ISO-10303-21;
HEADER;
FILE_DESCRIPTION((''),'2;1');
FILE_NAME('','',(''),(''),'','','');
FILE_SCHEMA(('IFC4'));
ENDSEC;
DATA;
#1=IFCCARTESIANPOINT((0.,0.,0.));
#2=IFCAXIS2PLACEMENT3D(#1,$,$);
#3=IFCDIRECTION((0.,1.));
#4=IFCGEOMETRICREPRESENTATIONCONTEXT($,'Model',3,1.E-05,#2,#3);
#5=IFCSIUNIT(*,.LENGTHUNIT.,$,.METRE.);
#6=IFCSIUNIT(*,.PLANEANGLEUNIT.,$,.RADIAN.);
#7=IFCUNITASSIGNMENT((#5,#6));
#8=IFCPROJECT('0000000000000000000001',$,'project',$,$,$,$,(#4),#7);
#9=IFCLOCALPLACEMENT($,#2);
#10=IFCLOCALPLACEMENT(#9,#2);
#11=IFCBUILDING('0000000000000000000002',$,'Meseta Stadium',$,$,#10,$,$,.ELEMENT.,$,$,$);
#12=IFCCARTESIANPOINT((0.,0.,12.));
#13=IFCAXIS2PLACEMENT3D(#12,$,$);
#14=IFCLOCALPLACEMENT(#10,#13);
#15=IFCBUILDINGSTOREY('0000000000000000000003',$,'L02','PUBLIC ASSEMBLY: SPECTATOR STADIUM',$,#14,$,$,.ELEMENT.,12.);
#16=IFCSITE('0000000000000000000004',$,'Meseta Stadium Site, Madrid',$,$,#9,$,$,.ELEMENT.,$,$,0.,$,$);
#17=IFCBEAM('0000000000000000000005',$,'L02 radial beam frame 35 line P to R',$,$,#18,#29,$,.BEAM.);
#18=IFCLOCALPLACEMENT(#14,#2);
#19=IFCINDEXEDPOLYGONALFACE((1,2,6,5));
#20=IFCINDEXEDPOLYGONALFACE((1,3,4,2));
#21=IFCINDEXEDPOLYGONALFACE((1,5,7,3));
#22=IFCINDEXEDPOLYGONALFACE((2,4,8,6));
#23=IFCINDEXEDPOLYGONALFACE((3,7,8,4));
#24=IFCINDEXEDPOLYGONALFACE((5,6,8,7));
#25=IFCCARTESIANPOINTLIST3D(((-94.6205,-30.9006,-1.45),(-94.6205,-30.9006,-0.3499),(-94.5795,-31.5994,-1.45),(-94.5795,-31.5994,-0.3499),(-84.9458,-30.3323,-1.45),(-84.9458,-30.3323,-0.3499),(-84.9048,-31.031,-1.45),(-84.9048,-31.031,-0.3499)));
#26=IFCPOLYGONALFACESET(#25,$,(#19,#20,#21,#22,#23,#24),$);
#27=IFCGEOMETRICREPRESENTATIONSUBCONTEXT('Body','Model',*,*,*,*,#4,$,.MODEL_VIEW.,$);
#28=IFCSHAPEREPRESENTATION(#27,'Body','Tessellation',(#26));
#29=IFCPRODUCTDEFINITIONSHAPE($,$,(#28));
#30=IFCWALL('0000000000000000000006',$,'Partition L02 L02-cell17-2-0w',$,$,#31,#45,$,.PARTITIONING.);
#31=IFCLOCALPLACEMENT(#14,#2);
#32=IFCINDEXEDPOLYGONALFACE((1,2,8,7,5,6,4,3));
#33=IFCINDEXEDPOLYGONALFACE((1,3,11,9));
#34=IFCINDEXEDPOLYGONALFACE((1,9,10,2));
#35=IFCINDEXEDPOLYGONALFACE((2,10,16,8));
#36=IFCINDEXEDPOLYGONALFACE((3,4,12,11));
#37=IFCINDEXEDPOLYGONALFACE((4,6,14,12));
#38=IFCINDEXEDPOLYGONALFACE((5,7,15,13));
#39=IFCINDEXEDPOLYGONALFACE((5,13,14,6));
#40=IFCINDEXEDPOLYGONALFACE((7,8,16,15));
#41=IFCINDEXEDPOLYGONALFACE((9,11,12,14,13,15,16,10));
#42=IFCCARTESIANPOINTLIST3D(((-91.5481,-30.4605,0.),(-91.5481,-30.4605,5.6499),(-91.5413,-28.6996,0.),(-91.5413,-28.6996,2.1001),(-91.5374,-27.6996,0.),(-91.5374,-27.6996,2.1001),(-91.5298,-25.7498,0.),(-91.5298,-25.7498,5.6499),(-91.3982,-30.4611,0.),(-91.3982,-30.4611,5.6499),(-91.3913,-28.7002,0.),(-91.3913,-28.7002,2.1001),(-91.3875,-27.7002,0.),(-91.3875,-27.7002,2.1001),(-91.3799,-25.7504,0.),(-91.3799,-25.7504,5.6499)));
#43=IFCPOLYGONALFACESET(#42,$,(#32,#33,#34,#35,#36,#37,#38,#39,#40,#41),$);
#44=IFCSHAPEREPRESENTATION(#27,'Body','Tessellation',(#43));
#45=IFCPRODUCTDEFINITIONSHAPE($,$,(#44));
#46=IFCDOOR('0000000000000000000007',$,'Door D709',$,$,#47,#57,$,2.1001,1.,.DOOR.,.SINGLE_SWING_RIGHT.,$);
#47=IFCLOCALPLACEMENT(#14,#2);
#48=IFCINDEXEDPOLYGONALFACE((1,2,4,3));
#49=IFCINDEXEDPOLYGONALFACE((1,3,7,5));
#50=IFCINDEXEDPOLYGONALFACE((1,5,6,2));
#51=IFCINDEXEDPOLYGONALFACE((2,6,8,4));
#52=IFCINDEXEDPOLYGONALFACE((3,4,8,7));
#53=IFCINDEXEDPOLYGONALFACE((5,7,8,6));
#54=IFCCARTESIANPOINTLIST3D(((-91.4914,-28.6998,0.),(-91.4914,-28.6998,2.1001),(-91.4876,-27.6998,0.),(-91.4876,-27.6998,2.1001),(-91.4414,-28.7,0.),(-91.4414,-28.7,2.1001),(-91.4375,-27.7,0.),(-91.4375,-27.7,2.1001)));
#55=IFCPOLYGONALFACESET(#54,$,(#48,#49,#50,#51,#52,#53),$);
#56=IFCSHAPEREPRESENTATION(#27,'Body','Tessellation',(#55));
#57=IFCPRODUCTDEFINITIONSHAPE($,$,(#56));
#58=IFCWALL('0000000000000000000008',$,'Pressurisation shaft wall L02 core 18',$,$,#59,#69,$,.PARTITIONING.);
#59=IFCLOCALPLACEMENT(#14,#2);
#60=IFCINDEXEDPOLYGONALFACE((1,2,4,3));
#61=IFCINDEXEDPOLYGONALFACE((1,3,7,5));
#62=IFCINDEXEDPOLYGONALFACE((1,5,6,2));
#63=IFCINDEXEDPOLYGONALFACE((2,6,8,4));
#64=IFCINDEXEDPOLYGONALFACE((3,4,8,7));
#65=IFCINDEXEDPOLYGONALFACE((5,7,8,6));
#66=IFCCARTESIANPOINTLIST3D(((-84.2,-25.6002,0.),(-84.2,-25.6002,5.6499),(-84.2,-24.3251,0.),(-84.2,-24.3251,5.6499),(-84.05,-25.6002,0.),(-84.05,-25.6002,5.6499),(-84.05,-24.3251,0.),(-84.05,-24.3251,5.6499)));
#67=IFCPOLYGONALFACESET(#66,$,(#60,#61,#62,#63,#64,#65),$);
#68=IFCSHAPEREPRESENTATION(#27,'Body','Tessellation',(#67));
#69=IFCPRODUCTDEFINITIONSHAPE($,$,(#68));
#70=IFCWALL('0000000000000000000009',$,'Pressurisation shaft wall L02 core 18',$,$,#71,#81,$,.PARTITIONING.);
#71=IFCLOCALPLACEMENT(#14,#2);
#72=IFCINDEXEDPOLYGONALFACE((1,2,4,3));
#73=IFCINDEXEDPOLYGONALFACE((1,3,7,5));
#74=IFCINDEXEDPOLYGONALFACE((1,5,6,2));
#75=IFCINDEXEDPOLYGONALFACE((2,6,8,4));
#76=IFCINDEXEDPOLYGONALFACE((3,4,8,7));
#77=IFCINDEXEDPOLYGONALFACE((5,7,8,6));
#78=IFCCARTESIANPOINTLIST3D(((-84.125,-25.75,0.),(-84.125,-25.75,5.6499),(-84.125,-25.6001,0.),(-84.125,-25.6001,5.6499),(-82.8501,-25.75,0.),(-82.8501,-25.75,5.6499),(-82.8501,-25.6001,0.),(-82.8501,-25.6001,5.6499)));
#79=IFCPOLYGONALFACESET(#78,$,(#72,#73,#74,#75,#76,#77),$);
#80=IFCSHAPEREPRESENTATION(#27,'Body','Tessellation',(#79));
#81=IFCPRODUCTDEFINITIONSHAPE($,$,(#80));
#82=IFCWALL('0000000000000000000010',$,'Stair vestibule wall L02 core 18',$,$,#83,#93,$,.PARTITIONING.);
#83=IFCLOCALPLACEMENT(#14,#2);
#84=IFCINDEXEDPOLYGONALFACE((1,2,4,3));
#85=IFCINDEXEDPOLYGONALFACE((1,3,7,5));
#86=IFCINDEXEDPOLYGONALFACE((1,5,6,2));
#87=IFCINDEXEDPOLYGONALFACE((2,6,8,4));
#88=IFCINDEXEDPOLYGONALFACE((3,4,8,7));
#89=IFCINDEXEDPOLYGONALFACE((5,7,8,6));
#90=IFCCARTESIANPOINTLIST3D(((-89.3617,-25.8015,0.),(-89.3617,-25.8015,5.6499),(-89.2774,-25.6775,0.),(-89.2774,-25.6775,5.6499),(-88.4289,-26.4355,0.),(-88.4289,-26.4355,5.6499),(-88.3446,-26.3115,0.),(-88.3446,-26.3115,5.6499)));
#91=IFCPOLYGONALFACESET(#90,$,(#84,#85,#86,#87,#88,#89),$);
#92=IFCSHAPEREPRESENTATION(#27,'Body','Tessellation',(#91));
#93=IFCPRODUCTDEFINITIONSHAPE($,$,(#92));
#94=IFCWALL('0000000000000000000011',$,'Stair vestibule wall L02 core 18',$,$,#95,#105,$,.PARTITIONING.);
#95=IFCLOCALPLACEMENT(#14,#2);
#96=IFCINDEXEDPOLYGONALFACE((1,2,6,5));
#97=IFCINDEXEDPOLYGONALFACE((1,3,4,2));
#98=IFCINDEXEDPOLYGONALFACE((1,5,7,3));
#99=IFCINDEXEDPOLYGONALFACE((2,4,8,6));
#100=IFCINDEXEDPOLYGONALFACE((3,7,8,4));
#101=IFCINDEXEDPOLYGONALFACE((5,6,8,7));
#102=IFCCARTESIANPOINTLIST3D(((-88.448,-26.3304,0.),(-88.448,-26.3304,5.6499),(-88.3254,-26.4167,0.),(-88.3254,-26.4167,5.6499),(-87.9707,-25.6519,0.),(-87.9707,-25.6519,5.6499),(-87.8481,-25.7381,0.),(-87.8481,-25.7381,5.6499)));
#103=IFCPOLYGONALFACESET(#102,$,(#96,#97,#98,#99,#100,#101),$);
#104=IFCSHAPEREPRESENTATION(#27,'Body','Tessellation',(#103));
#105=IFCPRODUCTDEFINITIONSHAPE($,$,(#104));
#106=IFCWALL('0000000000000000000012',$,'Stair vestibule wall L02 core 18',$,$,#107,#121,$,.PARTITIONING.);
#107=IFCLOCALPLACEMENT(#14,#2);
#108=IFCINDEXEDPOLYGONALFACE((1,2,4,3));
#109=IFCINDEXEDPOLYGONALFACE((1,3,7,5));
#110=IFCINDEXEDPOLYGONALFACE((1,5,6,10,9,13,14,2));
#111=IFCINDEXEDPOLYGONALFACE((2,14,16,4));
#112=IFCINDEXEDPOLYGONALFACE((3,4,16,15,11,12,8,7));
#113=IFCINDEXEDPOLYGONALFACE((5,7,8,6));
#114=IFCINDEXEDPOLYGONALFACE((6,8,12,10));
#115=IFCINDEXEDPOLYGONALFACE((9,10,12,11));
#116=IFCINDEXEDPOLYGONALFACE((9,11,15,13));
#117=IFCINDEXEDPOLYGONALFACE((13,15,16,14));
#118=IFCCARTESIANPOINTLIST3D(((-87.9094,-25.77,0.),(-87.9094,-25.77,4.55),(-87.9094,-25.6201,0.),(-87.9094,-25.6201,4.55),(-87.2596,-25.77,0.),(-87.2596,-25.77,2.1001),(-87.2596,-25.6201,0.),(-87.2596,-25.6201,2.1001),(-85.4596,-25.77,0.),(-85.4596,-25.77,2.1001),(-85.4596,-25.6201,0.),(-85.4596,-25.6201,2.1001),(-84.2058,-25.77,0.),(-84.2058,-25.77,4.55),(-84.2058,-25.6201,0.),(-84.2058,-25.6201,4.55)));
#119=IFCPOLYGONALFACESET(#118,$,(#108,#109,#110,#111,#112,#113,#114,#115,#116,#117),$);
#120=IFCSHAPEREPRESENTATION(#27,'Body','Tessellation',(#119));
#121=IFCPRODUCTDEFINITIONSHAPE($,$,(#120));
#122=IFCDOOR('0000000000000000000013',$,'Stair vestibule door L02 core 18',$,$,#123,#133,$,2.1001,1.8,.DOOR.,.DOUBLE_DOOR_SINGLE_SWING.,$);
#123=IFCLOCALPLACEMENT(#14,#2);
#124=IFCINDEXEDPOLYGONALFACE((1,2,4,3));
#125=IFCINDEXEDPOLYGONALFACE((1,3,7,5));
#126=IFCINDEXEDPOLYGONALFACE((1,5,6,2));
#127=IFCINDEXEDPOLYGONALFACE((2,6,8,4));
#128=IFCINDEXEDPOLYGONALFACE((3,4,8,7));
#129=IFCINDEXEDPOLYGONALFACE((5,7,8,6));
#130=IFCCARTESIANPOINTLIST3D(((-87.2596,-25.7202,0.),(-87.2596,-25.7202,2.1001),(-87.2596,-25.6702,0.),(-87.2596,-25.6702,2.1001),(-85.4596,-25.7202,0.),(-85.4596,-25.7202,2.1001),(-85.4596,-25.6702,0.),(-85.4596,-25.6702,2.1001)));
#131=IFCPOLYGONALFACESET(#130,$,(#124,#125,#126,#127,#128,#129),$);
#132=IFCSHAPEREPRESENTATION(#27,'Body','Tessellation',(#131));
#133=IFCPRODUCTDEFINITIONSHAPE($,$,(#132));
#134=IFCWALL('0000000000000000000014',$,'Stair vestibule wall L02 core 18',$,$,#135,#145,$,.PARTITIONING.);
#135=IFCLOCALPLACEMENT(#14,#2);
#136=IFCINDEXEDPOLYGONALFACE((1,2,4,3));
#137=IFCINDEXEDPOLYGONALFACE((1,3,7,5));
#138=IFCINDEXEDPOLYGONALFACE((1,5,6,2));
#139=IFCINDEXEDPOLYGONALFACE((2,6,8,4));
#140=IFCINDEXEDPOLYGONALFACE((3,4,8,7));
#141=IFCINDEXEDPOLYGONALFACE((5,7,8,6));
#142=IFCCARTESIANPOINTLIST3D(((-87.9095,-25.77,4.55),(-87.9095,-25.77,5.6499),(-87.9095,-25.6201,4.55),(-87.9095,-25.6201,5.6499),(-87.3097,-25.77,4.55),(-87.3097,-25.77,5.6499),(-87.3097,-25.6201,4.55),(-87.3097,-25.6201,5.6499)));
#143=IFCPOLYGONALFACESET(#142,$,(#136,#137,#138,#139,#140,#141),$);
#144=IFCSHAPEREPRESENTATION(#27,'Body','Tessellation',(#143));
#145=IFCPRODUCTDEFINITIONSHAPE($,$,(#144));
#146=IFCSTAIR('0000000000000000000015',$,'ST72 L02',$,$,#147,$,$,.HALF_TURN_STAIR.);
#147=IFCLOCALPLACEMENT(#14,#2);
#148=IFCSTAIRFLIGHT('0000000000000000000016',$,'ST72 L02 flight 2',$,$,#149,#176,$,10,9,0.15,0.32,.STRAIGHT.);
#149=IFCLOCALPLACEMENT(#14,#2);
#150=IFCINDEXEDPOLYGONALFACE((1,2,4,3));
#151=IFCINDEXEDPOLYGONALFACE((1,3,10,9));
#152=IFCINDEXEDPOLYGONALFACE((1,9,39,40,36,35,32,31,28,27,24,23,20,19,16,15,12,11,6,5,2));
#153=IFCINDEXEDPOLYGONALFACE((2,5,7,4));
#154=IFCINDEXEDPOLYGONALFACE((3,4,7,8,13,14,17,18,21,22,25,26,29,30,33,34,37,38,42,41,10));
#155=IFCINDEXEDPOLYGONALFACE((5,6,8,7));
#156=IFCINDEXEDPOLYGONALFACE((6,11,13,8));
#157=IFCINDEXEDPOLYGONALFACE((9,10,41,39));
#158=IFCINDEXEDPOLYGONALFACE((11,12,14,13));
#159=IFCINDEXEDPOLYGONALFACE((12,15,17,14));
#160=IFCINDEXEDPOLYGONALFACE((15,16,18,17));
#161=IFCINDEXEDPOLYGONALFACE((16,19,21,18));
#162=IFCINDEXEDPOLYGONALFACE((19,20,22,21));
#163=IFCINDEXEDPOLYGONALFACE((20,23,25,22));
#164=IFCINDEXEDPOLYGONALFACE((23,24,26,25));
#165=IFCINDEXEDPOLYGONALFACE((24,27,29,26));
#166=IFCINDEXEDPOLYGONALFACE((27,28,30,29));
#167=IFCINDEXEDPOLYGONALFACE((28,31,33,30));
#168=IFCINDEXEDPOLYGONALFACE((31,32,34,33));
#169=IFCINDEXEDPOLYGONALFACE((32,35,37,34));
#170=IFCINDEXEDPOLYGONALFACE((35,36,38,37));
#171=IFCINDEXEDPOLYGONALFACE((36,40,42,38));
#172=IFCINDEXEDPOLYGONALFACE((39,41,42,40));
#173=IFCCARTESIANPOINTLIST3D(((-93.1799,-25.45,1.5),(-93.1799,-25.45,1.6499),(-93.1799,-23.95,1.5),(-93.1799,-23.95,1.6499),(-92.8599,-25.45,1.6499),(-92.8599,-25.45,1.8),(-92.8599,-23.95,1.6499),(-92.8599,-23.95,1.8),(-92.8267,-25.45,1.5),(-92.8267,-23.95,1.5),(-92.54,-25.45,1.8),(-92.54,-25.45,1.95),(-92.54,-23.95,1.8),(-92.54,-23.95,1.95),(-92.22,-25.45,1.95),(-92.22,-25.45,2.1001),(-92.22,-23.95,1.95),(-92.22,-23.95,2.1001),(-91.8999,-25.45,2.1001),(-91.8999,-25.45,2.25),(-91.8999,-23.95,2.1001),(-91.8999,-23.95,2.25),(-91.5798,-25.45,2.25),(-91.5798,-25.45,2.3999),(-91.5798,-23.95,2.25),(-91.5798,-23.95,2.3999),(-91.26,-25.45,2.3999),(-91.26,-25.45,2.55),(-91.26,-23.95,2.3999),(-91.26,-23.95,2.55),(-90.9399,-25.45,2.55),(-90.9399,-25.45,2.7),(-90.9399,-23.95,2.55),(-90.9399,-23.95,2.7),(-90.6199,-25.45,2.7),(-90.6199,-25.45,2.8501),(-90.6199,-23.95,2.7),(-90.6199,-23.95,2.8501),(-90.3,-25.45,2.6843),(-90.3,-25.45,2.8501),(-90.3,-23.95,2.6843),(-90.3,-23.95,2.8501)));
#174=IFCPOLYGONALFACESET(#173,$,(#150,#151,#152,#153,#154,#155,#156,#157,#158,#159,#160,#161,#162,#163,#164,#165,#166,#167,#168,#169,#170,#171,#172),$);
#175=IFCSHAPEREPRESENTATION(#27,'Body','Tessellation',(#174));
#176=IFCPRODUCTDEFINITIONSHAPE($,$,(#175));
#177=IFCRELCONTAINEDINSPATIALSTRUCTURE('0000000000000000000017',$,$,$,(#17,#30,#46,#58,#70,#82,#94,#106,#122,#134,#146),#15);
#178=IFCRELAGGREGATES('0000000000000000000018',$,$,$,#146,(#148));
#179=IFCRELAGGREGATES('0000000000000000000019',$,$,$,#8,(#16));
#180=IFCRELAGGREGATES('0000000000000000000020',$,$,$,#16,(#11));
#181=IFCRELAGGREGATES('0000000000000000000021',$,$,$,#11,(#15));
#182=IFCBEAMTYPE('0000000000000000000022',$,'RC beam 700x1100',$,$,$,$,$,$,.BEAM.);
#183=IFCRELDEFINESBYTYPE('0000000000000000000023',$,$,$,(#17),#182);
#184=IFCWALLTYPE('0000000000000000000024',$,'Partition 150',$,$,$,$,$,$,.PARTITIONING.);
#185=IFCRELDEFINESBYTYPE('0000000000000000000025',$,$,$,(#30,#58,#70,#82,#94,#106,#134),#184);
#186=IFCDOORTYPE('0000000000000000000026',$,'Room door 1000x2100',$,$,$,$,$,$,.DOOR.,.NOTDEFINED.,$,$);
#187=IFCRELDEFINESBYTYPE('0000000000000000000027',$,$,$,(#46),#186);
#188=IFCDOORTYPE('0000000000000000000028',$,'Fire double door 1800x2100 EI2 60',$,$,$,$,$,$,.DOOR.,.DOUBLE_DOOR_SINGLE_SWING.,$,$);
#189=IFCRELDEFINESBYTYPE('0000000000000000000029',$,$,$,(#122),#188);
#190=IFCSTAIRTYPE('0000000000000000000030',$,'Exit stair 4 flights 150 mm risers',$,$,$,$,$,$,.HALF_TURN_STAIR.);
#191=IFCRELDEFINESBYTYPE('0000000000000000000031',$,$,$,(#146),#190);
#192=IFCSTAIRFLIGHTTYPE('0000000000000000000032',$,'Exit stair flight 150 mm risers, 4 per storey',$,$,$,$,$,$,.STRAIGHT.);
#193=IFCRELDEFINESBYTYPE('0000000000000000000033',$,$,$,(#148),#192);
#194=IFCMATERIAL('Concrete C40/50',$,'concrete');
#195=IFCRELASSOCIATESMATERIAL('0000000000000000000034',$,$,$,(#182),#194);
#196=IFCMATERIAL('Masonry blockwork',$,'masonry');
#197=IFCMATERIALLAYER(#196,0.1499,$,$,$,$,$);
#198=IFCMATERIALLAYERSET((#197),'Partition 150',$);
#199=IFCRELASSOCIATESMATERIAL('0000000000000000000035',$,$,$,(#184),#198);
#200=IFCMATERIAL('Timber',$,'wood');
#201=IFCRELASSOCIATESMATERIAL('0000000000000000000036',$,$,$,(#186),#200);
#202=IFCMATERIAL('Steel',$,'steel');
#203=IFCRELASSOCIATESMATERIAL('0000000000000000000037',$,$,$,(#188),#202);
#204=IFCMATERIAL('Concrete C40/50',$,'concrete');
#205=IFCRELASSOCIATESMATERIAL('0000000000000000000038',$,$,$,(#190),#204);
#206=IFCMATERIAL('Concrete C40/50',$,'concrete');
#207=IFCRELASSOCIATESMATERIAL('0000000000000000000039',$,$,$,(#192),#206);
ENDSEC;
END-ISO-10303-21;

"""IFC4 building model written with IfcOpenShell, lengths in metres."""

from ifc_helpers import new_model, si_unit, direction, frame, frame_2d, origin, origin_2d, place, context, subcontext, project, spatial, polyline, rectangle, outline, extrude, material, layer, layer_set, material_profile, profile_set, type_object, element, fill, aggregate, save


model = new_model("IFC4")

# Units and contexts
model_context = context("Model", 3, precision=1e-05, world=origin(), true_north=direction((0.0, 1.0)))
body_context = subcontext(model_context, "Body", "Model", "MODEL_VIEW")
ifc_project = project(units=[si_unit("LENGTHUNIT", "METRE"), si_unit("PLANEANGLEUNIT", "RADIAN")], contexts=[model_context])

# Site, building, storey
site_placement = place(None, origin())
site = spatial("IfcSite", under=ifc_project, at=site_placement, Name="Meseta Stadium Site, Madrid", CompositionType="ELEMENT", RefElevation=0.0)
building_placement = place(site_placement, origin())
building = spatial("IfcBuilding", under=site, at=building_placement, Name="Meseta Stadium", CompositionType="ELEMENT")
storey_placement = place(building_placement, frame((0.0, 0.0, 12.0)))
storey = spatial("IfcBuildingStorey", under=building, at=storey_placement, Name="L02", Description="PUBLIC ASSEMBLY: SPECTATOR STADIUM", CompositionType="ELEMENT", Elevation=12.0)

# Beam
ifc_material_1 = material(Name="Concrete C40/50", Category="concrete")
ifc_material_profile = material_profile(ifc_material_1, rectangle(XDim=0.7, YDim=1.1001, at=origin_2d()), Name="RC 700x1100")
ifc_profile_set = profile_set([ifc_material_profile], Name="Concrete C40/50")
beam_type = type_object("IfcBeamType", Name="RC beam 700x1100", PredefinedType="BEAM", material=ifc_profile_set)
beam_placement = place(storey_placement, frame((-84.9253, -30.6816, -0.8999), z_axis=(-0.998279, -0.058645, 0.0), x_axis=(0.058645, -0.998279, 0.0)))
element("IfcBeam", 1, at=beam_placement, inside=storey, type_object=beam_type, Name="L02 radial beam frame 35 line P to R", PredefinedType="BEAM", context=body_context, shape_type="SweptSolid", body=[
    extrude(rectangle(XDim=0.7, YDim=1.1001, at=origin_2d()), origin(), (0.0, 0.0, 1.0), 9.6914),
])

# Wall, opening, door
ifc_material_2 = material(Name="Masonry blockwork", Category="masonry")
ifc_layer = layer(ifc_material_2, 0.1499)
ifc_layer_set = layer_set([ifc_layer], Name="Partition 150")
wall_type = type_object("IfcWallType", Name="Partition 150", PredefinedType="PARTITIONING", material=ifc_layer_set)
wall_1_placement = place(storey_placement, frame((-91.4548, -25.75, 0.0), z_axis=(0.0, 0.0, 1.0), x_axis=(-0.003887, -0.999992, 0.0)))
wall_1 = element("IfcWall", 2, at=wall_1_placement, inside=storey, type_object=wall_type, Name="Partition L02 L02-cell17-2-0w", PredefinedType="PARTITIONING", context=body_context, shape_type="SweptSolid", body=[
    extrude(rectangle(XDim=4.7107, YDim=0.1499, at=frame_2d((2.3555, 0.0))), origin(), (0.0, 0.0, 1.0), 5.6499),
])
opening_1_placement = place(wall_1_placement, frame((1.95, 0.0, 0.0)))
opening_1 = element("IfcOpeningElement", 3, at=opening_1_placement, cuts=wall_1, PredefinedType="OPENING", context=body_context, shape_type="SweptSolid", body=[
    extrude(rectangle(XDim=1.0, YDim=2.1001, at=frame_2d((0.5, 1.05))), frame((0.0, 0.085, 0.0), z_axis=(0.0, -1.0, 0.0), x_axis=(1.0, 0.0, 0.0)), (0.0, 0.0, 1.0), 0.1699),
])
ifc_material_3 = material(Name="Timber", Category="wood")
door_type_1 = type_object("IfcDoorType", Name="Room door 1000x2100", OperationType="NOTDEFINED", PredefinedType="DOOR", material=ifc_material_3)
door_1_placement = place(opening_1_placement, origin())
door_1 = element("IfcDoor", 4, at=door_1_placement, inside=storey, type_object=door_type_1, Name="Door D709", OperationType="SINGLE_SWING_RIGHT", OverallHeight=2.1001, OverallWidth=1.0, PredefinedType="DOOR", context=body_context, shape_type="SweptSolid", body=[
    extrude(rectangle(XDim=1.0, YDim=2.1001, at=frame_2d((0.5, 1.05))), frame((0.0, 0.0249, 0.0), z_axis=(0.0, -1.0, 0.0), x_axis=(1.0, 0.0, 0.0)), (0.0, 0.0, 1.0), 0.05),
])
fill(opening_1, door_1)

# Walls
wall_2_placement = place(storey_placement, frame((-84.125, -24.325, 0.0), z_axis=(0.0, 0.0, 1.0), x_axis=(0.0, -1.0, 0.0)))
element("IfcWall", 5, at=wall_2_placement, inside=storey, type_object=wall_type, Name="Pressurisation shaft wall L02 core 18", PredefinedType="PARTITIONING", context=body_context, shape_type="SweptSolid", body=[
    extrude(rectangle(XDim=1.2751, YDim=0.1499, at=frame_2d((0.6377, 0.0))), origin(), (0.0, 0.0, 1.0), 5.6499),
])
wall_3_placement = place(storey_placement, frame((-84.125, -25.675, 0.0), z_axis=(0.0, 0.0, 1.0), x_axis=(1.0, 0.0, 0.0)))
element("IfcWall", 6, at=wall_3_placement, inside=storey, type_object=wall_type, Name="Pressurisation shaft wall L02 core 18", PredefinedType="PARTITIONING", context=body_context, shape_type="SweptSolid", body=[
    extrude(rectangle(XDim=1.2749, YDim=0.1499, at=frame_2d((0.6375, 0.0))), origin(), (0.0, 0.0, 1.0), 5.6499),
])
wall_4_placement = place(storey_placement, frame((-89.3196, -25.7395, 0.0), z_axis=(0.0, 0.0, 1.0), x_axis=(0.827055, -0.562121, 0.0)))
element("IfcWall", 7, at=wall_4_placement, inside=storey, type_object=wall_type, Name="Stair vestibule wall L02 core 18", PredefinedType="PARTITIONING", context=body_context, shape_type="SweptSolid", body=[
    extrude(rectangle(XDim=1.1279, YDim=0.1499, at=frame_2d((0.564, 0.0))), origin(), (0.0, 0.0, 1.0), 5.6499),
])
wall_5_placement = place(storey_placement, frame((-88.3867, -26.3735, 0.0), z_axis=(0.0, 0.0, 1.0), x_axis=(0.575377, 0.817888, 0.0)))
element("IfcWall", 8, at=wall_5_placement, inside=storey, type_object=wall_type, Name="Stair vestibule wall L02 core 18", PredefinedType="PARTITIONING", context=body_context, shape_type="SweptSolid", body=[
    extrude(rectangle(XDim=0.8296, YDim=0.1499, at=frame_2d((0.4148, 0.0))), origin(), (0.0, 0.0, 1.0), 5.6499),
])

# Wall, opening, door
wall_6_placement = place(storey_placement, frame((-87.9094, -25.6951, 0.0), z_axis=(0.0, 0.0, 1.0), x_axis=(1.0, 0.0, 0.0)))
wall_6 = element("IfcWall", 9, at=wall_6_placement, inside=storey, type_object=wall_type, Name="Stair vestibule wall L02 core 18", PredefinedType="PARTITIONING", context=body_context, shape_type="SweptSolid", body=[
    extrude(rectangle(XDim=3.7036, YDim=0.1499, at=frame_2d((1.8518, 0.0))), origin(), (0.0, 0.0, 1.0), 4.55),
])
opening_2_placement = place(wall_6_placement, frame((0.6499, 0.0, 0.0)))
opening_2 = element("IfcOpeningElement", 10, at=opening_2_placement, cuts=wall_6, PredefinedType="OPENING", context=body_context, shape_type="SweptSolid", body=[
    extrude(rectangle(XDim=1.8, YDim=2.1001, at=frame_2d((0.8999, 1.05))), frame((0.0, 0.085, 0.0), z_axis=(0.0, -1.0, 0.0), x_axis=(1.0, 0.0, 0.0)), (0.0, 0.0, 1.0), 0.1699),
])
ifc_material_4 = material(Name="Steel", Category="steel")
door_type_2 = type_object("IfcDoorType", Name="Fire double door 1800x2100 EI2 60", OperationType="DOUBLE_DOOR_SINGLE_SWING", PredefinedType="DOOR", material=ifc_material_4)
door_2_placement = place(opening_2_placement, origin())
door_2 = element("IfcDoor", 11, at=door_2_placement, inside=storey, type_object=door_type_2, Name="Stair vestibule door L02 core 18", OperationType="DOUBLE_DOOR_SINGLE_SWING", OverallHeight=2.1001, OverallWidth=1.8, PredefinedType="DOOR", context=body_context, shape_type="SweptSolid", body=[
    extrude(rectangle(XDim=1.8, YDim=2.1001, at=frame_2d((0.8999, 1.05))), frame((0.0, 0.0249, 0.0), z_axis=(0.0, -1.0, 0.0), x_axis=(1.0, 0.0, 0.0)), (0.0, 0.0, 1.0), 0.05),
])
fill(opening_2, door_2)

# Wall
wall_7_placement = place(storey_placement, frame((-87.9094, -25.6951, 4.55), z_axis=(0.0, 0.0, 1.0), x_axis=(1.0, 0.0, 0.0)))
element("IfcWall", 12, at=wall_7_placement, inside=storey, type_object=wall_type, Name="Stair vestibule wall L02 core 18", PredefinedType="PARTITIONING", context=body_context, shape_type="SweptSolid", body=[
    extrude(rectangle(XDim=0.5999, YDim=0.1499, at=frame_2d((0.2998, 0.0))), origin(), (0.0, 0.0, 1.0), 1.0999),
])

# Stair, stair flight
ifc_material_5 = material(Name="Concrete C40/50", Category="concrete")
stair_type = type_object("IfcStairType", Name="Exit stair 4 flights 150 mm risers", PredefinedType="HALF_TURN_STAIR", material=ifc_material_5)
stair_placement = place(storey_placement, origin())
stair = element("IfcStair", 13, at=stair_placement, inside=storey, type_object=stair_type, Name="ST72 L02", PredefinedType="HALF_TURN_STAIR")
ifc_material_6 = material(Name="Concrete C40/50", Category="concrete")
stair_flight_type = type_object("IfcStairFlightType", Name="Exit stair flight 150 mm risers, 4 per storey", PredefinedType="STRAIGHT", material=ifc_material_6)
stair_flight_1_placement = place(storey_placement, frame((-93.1799, -24.7, 1.5), z_axis=(0.0, 0.0, 1.0), x_axis=(1.0, 0.0, 0.0)))
stair_flight_1 = element("IfcStairFlight", 14, at=stair_flight_1_placement, type_object=stair_flight_type, Name="ST72 L02 flight 2", NumberOfRisers=10, NumberOfTreads=9, PredefinedType="STRAIGHT", RiserHeight=0.15, TreadLength=0.32, context=body_context, shape_type="SweptSolid", body=[
    extrude(outline(polyline([(0.0, 0.0), (0.0, 0.1499), (0.3201, 0.1499), (0.3201, 0.3), (0.6399, 0.3), (0.6399, 0.45), (0.96, 0.45), (0.96, 0.6001), (1.28, 0.6001), (1.28, 0.75), (1.6001, 0.75), (1.6001, 0.8999), (1.9199, 0.8999), (1.9199, 1.05), (2.24, 1.05), (2.24, 1.2), (2.5601, 1.2), (2.5601, 1.3501), (2.8799, 1.3501), (2.8799, 1.1843), (0.3533, 0.0), (0.0, 0.0)])), frame((0.0, 0.75, 0.0), z_axis=(0.0, -1.0, 0.0), x_axis=(1.0, 0.0, 0.0)), (0.0, 0.0, 1.0), 1.5),
])
aggregate(stair, [stair_flight_1])

save(model, "model.ifc")
